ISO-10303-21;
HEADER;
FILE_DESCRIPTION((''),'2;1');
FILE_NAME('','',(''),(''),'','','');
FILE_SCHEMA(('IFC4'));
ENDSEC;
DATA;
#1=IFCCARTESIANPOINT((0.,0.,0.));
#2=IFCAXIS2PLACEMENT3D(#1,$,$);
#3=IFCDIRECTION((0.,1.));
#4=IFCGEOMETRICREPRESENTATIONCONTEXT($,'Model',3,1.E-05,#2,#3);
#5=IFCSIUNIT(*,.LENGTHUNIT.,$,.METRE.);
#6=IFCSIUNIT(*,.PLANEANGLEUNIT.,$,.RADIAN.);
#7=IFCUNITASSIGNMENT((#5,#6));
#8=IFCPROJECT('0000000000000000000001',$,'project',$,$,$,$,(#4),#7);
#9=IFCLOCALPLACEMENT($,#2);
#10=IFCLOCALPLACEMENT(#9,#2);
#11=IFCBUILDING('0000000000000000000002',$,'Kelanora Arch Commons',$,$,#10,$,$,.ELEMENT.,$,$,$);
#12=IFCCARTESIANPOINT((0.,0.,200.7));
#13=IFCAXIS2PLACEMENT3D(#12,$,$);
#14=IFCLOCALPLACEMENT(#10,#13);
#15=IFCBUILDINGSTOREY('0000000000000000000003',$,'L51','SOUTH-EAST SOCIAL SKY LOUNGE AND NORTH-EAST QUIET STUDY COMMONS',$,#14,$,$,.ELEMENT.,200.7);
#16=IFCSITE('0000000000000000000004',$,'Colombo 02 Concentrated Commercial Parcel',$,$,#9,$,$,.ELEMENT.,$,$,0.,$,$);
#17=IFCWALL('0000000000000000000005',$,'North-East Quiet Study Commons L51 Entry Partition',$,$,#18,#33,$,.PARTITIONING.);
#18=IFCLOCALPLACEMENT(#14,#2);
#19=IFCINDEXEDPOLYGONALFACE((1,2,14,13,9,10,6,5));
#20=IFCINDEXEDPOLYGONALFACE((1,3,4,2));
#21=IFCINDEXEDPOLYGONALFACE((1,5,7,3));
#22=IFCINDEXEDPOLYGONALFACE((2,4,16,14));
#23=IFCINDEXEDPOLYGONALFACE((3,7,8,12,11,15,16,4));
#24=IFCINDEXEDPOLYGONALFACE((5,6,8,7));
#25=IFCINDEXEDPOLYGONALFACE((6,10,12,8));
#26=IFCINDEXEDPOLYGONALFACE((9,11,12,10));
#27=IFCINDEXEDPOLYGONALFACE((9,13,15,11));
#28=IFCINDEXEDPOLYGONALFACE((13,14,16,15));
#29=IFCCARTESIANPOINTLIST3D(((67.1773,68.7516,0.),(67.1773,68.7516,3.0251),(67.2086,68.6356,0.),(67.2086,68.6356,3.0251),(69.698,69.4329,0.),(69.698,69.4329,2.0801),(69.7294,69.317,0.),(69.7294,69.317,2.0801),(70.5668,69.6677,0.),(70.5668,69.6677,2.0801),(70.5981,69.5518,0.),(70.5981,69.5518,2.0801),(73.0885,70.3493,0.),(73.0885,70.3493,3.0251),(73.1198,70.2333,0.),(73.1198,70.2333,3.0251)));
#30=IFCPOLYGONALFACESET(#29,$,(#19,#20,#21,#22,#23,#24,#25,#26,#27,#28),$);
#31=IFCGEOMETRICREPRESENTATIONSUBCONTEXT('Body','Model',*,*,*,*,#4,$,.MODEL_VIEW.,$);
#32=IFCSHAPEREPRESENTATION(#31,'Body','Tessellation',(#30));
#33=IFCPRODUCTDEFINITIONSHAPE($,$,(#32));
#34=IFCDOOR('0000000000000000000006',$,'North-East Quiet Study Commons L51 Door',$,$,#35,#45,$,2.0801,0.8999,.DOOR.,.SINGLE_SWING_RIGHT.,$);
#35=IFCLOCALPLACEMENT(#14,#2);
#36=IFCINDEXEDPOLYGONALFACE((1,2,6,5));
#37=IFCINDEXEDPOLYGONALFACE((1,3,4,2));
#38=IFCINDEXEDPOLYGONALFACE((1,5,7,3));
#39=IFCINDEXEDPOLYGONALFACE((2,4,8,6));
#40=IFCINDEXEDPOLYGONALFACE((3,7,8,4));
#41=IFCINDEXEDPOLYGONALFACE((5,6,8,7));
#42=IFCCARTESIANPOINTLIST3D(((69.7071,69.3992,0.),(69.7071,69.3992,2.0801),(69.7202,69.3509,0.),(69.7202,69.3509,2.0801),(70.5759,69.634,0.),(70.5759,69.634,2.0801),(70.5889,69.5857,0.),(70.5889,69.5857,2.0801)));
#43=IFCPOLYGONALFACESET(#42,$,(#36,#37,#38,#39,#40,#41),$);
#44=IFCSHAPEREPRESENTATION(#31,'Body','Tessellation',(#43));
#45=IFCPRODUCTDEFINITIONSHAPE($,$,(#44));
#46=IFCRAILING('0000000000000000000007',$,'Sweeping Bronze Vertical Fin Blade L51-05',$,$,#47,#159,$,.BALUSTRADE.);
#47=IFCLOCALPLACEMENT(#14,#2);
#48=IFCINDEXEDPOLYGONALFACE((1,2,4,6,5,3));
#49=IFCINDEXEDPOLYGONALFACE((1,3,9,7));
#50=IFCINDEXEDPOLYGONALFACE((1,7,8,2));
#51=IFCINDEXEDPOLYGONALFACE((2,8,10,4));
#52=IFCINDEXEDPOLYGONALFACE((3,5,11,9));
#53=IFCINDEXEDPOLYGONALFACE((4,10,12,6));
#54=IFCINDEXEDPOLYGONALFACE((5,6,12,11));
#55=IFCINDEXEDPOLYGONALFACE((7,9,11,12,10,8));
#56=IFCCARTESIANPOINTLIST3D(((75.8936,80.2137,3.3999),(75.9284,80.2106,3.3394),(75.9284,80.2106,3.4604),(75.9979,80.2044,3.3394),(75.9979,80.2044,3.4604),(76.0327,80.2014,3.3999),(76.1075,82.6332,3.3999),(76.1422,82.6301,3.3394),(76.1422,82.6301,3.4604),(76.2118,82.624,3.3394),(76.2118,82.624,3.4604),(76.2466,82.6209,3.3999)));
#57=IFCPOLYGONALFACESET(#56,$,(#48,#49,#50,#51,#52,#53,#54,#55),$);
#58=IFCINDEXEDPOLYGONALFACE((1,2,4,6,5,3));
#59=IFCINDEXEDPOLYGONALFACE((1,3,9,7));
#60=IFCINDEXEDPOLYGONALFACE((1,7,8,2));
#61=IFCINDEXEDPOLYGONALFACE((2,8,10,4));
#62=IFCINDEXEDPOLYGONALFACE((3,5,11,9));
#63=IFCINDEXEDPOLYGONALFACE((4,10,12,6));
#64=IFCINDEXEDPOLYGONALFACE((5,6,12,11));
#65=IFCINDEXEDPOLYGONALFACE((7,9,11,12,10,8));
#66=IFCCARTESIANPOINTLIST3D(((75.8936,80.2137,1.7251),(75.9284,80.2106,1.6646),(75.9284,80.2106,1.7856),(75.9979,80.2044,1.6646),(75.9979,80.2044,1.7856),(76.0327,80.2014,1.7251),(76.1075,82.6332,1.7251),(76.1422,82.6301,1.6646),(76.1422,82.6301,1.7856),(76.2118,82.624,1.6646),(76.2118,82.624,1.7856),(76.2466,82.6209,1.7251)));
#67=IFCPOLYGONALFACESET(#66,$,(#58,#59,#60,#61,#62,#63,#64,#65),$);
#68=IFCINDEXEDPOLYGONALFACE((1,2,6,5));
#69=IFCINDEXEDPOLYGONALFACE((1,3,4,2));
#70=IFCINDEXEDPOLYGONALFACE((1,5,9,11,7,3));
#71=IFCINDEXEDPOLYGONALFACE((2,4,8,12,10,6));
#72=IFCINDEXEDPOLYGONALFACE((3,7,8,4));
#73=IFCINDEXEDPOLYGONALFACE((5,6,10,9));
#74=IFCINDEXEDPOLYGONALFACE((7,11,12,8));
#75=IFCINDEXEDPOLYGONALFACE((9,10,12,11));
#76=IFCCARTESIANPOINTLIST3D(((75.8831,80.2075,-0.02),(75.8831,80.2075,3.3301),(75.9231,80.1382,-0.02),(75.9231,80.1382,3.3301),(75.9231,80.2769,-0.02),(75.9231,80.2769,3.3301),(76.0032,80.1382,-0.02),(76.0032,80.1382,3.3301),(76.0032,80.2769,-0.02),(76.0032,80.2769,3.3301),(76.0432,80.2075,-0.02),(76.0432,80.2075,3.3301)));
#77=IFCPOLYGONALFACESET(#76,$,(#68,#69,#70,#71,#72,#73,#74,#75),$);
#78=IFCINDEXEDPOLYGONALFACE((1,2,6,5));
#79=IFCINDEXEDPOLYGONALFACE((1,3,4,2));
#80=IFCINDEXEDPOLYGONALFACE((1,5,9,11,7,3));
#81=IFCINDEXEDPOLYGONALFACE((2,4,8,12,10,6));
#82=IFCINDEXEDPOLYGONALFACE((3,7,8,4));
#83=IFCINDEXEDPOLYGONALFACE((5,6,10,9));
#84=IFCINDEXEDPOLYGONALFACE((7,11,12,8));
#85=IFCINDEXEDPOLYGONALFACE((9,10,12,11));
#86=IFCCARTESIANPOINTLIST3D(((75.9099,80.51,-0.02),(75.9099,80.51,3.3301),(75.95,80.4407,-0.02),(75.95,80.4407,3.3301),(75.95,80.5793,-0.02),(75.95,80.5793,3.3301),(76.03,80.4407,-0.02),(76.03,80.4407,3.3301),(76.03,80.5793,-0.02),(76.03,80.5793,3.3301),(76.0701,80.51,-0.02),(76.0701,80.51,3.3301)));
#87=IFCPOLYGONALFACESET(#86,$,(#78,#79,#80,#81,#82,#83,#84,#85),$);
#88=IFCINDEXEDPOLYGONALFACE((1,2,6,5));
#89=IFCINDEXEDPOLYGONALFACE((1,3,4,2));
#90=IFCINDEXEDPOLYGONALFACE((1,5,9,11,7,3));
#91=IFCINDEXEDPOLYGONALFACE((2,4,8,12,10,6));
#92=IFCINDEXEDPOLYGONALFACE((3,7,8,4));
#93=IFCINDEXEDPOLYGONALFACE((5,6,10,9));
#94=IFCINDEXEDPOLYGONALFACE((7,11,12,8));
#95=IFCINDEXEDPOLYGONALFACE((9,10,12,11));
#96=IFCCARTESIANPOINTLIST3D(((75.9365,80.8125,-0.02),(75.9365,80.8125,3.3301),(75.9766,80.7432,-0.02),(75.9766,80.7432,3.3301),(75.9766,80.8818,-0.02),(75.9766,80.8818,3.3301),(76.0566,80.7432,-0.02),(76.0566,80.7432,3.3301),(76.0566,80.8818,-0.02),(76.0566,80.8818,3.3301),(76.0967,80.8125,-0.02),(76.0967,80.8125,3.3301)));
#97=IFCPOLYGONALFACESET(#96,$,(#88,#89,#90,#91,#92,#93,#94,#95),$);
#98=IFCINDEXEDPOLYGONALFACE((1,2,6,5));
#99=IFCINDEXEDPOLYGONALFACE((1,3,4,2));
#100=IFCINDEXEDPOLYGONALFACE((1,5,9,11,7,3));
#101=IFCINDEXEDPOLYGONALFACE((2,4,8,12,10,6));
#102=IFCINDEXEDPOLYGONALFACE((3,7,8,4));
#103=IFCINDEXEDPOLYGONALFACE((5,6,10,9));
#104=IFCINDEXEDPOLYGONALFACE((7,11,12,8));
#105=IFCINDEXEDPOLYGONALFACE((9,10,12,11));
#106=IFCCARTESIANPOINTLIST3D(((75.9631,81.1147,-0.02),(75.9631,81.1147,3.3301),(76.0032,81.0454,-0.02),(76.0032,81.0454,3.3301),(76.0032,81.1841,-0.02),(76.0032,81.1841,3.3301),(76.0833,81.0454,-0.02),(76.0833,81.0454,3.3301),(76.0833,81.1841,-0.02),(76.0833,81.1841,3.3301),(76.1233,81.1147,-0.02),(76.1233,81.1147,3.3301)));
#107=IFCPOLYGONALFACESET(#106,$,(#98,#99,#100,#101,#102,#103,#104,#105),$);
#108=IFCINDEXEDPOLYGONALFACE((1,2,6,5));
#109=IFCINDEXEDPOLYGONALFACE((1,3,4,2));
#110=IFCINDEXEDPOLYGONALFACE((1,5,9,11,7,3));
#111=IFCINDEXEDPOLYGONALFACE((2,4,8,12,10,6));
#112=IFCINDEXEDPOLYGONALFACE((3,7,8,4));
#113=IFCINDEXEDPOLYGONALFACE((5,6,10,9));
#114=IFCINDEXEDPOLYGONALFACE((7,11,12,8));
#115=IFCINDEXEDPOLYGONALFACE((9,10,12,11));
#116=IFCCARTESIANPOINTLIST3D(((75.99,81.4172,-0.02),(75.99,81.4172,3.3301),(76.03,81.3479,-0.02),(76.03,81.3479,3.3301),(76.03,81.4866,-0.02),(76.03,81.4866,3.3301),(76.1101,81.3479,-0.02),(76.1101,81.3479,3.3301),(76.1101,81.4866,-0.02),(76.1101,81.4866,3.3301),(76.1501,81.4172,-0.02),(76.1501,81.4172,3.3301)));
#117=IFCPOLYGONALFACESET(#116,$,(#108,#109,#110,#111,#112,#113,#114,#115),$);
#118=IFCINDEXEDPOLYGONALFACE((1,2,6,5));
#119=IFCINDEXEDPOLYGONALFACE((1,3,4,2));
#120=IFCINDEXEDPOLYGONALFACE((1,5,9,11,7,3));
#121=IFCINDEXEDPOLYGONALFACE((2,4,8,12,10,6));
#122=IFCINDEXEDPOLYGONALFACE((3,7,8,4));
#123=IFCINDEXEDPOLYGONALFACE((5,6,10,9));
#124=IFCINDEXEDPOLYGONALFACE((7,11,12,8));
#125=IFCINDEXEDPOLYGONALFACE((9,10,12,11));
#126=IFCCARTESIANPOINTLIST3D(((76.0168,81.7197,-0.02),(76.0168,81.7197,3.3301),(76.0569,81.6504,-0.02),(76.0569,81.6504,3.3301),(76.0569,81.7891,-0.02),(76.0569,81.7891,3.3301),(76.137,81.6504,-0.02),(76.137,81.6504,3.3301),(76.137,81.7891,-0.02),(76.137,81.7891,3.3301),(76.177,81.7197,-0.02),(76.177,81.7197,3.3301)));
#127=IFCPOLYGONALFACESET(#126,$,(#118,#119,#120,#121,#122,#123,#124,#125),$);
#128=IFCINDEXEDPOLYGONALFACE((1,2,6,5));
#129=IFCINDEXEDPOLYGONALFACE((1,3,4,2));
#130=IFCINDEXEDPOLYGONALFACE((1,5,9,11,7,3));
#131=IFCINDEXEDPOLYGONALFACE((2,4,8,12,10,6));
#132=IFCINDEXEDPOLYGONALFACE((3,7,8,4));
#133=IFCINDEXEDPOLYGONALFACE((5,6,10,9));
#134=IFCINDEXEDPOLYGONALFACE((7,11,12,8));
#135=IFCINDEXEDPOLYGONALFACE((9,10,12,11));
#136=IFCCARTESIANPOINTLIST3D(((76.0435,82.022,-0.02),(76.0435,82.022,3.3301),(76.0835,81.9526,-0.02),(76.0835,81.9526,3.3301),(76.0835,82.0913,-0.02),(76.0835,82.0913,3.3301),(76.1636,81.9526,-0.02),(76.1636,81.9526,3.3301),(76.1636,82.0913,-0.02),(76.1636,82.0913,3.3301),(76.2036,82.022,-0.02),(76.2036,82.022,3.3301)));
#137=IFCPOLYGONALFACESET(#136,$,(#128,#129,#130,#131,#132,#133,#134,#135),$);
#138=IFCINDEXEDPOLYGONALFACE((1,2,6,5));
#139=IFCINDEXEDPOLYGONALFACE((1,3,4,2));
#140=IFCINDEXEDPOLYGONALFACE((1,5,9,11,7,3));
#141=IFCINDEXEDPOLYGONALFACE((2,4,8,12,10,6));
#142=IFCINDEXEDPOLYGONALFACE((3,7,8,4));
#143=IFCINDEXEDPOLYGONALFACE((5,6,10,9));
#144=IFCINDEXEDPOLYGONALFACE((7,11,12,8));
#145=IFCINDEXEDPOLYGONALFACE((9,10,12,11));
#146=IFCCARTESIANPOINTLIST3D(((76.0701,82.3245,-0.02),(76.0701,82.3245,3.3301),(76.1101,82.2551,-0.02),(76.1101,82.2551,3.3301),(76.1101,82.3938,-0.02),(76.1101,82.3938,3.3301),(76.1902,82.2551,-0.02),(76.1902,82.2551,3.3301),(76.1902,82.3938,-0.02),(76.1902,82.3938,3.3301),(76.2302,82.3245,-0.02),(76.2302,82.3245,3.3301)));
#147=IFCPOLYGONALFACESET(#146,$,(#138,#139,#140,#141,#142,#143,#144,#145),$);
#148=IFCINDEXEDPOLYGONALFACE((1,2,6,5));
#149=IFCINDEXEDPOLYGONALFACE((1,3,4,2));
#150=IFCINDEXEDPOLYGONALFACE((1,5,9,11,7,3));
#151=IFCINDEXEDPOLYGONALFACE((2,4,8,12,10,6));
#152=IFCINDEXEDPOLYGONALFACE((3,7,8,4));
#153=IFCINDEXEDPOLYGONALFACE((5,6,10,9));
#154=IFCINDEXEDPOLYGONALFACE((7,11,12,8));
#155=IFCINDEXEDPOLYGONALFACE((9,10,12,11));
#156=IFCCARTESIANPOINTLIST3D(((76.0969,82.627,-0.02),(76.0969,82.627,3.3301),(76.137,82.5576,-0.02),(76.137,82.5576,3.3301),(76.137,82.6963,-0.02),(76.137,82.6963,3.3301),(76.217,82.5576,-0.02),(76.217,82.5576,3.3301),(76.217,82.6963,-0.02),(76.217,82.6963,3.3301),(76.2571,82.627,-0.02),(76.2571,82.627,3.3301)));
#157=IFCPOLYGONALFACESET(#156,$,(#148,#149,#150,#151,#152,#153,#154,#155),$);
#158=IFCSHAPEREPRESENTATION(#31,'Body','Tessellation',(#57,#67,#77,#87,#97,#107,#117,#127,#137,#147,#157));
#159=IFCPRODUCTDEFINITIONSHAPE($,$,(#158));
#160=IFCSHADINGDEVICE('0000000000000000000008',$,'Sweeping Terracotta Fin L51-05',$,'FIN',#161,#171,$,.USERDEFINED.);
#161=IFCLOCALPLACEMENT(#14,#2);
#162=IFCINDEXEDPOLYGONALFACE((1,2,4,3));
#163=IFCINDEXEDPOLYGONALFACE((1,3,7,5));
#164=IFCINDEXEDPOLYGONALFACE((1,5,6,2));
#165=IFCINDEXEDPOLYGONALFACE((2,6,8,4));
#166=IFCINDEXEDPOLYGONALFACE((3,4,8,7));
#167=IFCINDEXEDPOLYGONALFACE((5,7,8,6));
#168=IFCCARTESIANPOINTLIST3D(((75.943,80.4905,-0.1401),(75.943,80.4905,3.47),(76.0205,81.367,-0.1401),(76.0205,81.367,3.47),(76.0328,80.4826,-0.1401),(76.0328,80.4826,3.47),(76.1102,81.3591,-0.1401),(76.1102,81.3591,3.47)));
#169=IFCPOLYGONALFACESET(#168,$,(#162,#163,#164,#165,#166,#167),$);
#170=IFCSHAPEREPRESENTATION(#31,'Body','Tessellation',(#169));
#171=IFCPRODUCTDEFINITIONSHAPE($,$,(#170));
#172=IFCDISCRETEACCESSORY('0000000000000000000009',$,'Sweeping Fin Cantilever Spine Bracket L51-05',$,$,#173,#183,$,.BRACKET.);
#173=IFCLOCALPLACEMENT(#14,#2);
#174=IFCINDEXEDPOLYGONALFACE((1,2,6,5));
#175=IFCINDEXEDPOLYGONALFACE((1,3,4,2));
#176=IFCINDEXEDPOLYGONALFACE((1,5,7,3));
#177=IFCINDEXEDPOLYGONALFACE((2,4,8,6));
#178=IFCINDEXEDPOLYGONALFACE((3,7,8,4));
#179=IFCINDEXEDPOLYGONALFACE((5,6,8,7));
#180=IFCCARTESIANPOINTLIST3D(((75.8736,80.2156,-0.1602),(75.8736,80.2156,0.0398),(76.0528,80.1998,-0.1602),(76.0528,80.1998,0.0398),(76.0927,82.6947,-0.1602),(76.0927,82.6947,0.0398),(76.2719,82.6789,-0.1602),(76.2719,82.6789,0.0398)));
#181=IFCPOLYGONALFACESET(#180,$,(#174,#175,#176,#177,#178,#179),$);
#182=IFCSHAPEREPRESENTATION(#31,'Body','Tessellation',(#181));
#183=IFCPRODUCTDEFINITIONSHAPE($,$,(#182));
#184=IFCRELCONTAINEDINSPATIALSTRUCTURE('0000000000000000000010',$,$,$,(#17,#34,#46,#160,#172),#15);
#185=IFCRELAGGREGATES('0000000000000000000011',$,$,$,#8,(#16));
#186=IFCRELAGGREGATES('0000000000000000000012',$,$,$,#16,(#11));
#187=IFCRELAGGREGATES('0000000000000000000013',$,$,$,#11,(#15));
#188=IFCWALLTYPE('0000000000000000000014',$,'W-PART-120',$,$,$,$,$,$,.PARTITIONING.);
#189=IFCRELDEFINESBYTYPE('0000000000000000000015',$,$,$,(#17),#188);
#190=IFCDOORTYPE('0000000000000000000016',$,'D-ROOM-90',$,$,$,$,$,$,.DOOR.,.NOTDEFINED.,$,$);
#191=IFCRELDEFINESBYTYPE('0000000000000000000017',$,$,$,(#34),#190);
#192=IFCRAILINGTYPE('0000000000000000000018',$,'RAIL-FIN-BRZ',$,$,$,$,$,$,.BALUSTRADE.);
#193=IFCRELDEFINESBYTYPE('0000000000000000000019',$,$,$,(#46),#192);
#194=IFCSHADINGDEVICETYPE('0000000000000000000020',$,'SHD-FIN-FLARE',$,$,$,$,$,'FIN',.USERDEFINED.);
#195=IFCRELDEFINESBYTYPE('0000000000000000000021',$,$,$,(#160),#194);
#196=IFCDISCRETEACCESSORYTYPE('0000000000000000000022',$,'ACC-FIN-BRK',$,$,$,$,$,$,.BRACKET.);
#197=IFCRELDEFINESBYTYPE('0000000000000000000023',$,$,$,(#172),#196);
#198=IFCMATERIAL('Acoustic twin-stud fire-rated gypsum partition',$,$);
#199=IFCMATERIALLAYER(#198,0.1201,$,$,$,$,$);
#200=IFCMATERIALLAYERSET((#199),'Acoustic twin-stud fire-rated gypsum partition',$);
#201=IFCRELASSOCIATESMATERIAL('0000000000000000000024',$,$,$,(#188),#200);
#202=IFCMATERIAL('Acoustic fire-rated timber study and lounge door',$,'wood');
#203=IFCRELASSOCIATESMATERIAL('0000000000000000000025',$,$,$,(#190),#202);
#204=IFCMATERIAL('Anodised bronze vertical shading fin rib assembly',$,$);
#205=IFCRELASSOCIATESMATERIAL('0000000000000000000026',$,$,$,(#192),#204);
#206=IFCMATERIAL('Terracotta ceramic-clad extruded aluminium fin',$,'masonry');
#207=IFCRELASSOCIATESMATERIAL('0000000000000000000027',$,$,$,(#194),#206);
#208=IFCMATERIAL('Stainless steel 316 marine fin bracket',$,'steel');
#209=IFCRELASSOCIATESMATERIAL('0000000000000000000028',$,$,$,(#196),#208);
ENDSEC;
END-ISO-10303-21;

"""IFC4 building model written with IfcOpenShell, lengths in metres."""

from ifc_helpers import new_model, si_unit, direction, frame, frame_2d, origin, origin_2d, place, context, subcontext, project, spatial, polyline, rectangle, outline, extrude, source, transform, mapped, material, layer, layer_set, type_object, element, fill, save


model = new_model("IFC4")

# Units and contexts
model_context = context("Model", 3, precision=1e-05, world=origin(), true_north=direction((0.0, 1.0)))
body_context = subcontext(model_context, "Body", "Model", "MODEL_VIEW")
ifc_project = project(units=[si_unit("LENGTHUNIT", "METRE"), si_unit("PLANEANGLEUNIT", "RADIAN")], contexts=[model_context])

# Site, building, storey
site_placement = place(None, origin())
site = spatial("IfcSite", under=ifc_project, at=site_placement, Name="Colombo 02 Concentrated Commercial Parcel", CompositionType="ELEMENT", RefElevation=0.0)
building_placement = place(site_placement, origin())
building = spatial("IfcBuilding", under=site, at=building_placement, Name="Kelanora Arch Commons", CompositionType="ELEMENT")
storey_placement = place(building_placement, frame((0.0, 0.0, 200.7)))
storey = spatial("IfcBuildingStorey", under=building, at=storey_placement, Name="L51", Description="SOUTH-EAST SOCIAL SKY LOUNGE AND NORTH-EAST QUIET STUDY COMMONS", CompositionType="ELEMENT", Elevation=200.7)

# Wall, opening, door
ifc_material_1 = material(Name="Acoustic twin-stud fire-rated gypsum partition")
ifc_layer_1 = layer(ifc_material_1, 0.1201)
ifc_layer_set_1 = layer_set([ifc_layer_1], Name="Acoustic twin-stud fire-rated gypsum partition")
wall_type_1 = type_object("IfcWallType", Name="W-PART-120", PredefinedType="PARTITIONING", material=ifc_layer_set_1)
wall_1_placement = place(storey_placement, frame((73.104, 70.2913, 0.0), z_axis=(0.0, 0.0, 1.0), x_axis=(-0.965361, -0.260917, 0.0)))
wall_1 = element("IfcWall", 1, at=wall_1_placement, inside=storey, type_object=wall_type_1, Name="North-East Quiet Study Commons L51 Entry Partition", PredefinedType="PARTITIONING", context=body_context, shape_type="SweptSolid", body=[
    extrude(rectangle(XDim=6.1233, YDim=0.1201, at=frame_2d((3.0615, 0.0))), origin(), (0.0, 0.0, 1.0), 3.0251),
])
opening_1_placement = place(wall_1_placement, frame((2.6121, 0.0, 0.0)))
opening_1 = element("IfcOpeningElement", 2, at=opening_1_placement, cuts=wall_1, PredefinedType="OPENING", context=body_context, shape_type="SweptSolid", body=[
    extrude(rectangle(XDim=0.8999, YDim=2.0801, at=frame_2d((0.45, 1.04))), frame((0.0, 0.0701, 0.0), z_axis=(0.0, -1.0, 0.0), x_axis=(1.0, 0.0, 0.0)), (0.0, 0.0, 1.0), 0.1401),
])
ifc_material_2 = material(Name="Acoustic fire-rated timber study and lounge door", Category="wood")
door_type = type_object("IfcDoorType", Name="D-ROOM-90", OperationType="NOTDEFINED", PredefinedType="DOOR", material=ifc_material_2)
door_placement = place(opening_1_placement, origin())
door = element("IfcDoor", 3, at=door_placement, inside=storey, type_object=door_type, Name="North-East Quiet Study Commons L51 Door", OperationType="SINGLE_SWING_RIGHT", OverallHeight=2.0801, OverallWidth=0.8999, PredefinedType="DOOR", context=body_context, shape_type="SweptSolid", body=[
    extrude(rectangle(XDim=0.8999, YDim=2.0801, at=frame_2d((0.45, 1.04))), frame((0.0, 0.0249, 0.0), z_axis=(0.0, -1.0, 0.0), x_axis=(1.0, 0.0, 0.0)), (0.0, 0.0, 1.0), 0.05),
])
fill(opening_1, door)

# Railing
ifc_material_3 = material(Name="Anodised bronze vertical shading fin rib assembly")
railing_type = type_object("IfcRailingType", Name="RAIL-FIN-BRZ", PredefinedType="BALUSTRADE", material=ifc_material_3)
railing_placement = place(storey_placement, frame((75.9631, 80.2075, -0.02)))
element("IfcRailing", 4, at=railing_placement, inside=storey, type_object=railing_type, Name="Sweeping Bronze Vertical Fin Blade L51-05", PredefinedType="BALUSTRADE", context=body_context, shape_type="SweptSolid", body=[
    extrude(outline(polyline([(0.0698, 0.0), (0.0349, 0.0605), (-0.0349, 0.0605), (-0.0698, 0.0), (-0.0349, -0.0605), (0.0349, -0.0605), (0.0698, 0.0)])), frame((0.0, 0.0, 3.4199), z_axis=(0.088052, 0.996116, 0.0), x_axis=(-0.996116, 0.088052, 0.0)), (0.0, 0.0, 1.0), 2.429),
    extrude(outline(polyline([(0.0698, 0.0), (0.0349, 0.0605), (-0.0349, 0.0605), (-0.0698, 0.0), (-0.0349, -0.0605), (0.0349, -0.0605), (0.0698, 0.0)])), frame((0.0, 0.0, 1.7451), z_axis=(0.088052, 0.996116, 0.0), x_axis=(-0.996116, 0.088052, 0.0)), (0.0, 0.0, 1.0), 2.429),
    extrude(outline(polyline([(0.0801, 0.0), (0.04, 0.0693), (-0.04, 0.0693), (-0.0801, 0.0), (-0.04, -0.0693), (0.04, -0.0693), (0.0801, 0.0)])), origin(), (0.0, 0.0, 1.0), 3.3501),
    extrude(outline(polyline([(0.0801, 0.0), (0.04, 0.0693), (-0.04, 0.0693), (-0.0801, 0.0), (-0.04, -0.0693), (0.04, -0.0693), (0.0801, 0.0)])), frame((0.0269, 0.3025, 0.0)), (0.0, 0.0, 1.0), 3.3501),
    extrude(outline(polyline([(0.0801, 0.0), (0.04, 0.0693), (-0.04, 0.0693), (-0.0801, 0.0), (-0.04, -0.0693), (0.04, -0.0693), (0.0801, 0.0)])), frame((0.0535, 0.605, 0.0)), (0.0, 0.0, 1.0), 3.3501),
    extrude(outline(polyline([(0.0801, 0.0), (0.04, 0.0693), (-0.04, 0.0693), (-0.0801, 0.0), (-0.04, -0.0693), (0.04, -0.0693), (0.0801, 0.0)])), frame((0.0801, 0.9072, 0.0)), (0.0, 0.0, 1.0), 3.3501),
    extrude(outline(polyline([(0.0801, 0.0), (0.04, 0.0693), (-0.04, 0.0693), (-0.0801, 0.0), (-0.04, -0.0693), (0.04, -0.0693), (0.0801, 0.0)])), frame((0.1069, 1.2097, 0.0)), (0.0, 0.0, 1.0), 3.3501),
    extrude(outline(polyline([(0.0801, 0.0), (0.04, 0.0693), (-0.04, 0.0693), (-0.0801, 0.0), (-0.04, -0.0693), (0.04, -0.0693), (0.0801, 0.0)])), frame((0.1338, 1.5122, 0.0)), (0.0, 0.0, 1.0), 3.3501),
    extrude(outline(polyline([(0.0801, 0.0), (0.04, 0.0693), (-0.04, 0.0693), (-0.0801, 0.0), (-0.04, -0.0693), (0.04, -0.0693), (0.0801, 0.0)])), frame((0.1604, 1.8145, 0.0)), (0.0, 0.0, 1.0), 3.3501),
    extrude(outline(polyline([(0.0801, 0.0), (0.04, 0.0693), (-0.04, 0.0693), (-0.0801, 0.0), (-0.04, -0.0693), (0.04, -0.0693), (0.0801, 0.0)])), frame((0.187, 2.1169, 0.0)), (0.0, 0.0, 1.0), 3.3501),
    extrude(outline(polyline([(0.0801, 0.0), (0.04, 0.0693), (-0.04, 0.0693), (-0.0801, 0.0), (-0.04, -0.0693), (0.04, -0.0693), (0.0801, 0.0)])), frame((0.2139, 2.4194, 0.0)), (0.0, 0.0, 1.0), 3.3501),
])

# Shading device
ifc_material_4 = material(Name="Terracotta ceramic-clad extruded aluminium fin", Category="masonry")
shading_device_type = type_object("IfcShadingDeviceType", Name="SHD-FIN-FLARE", ElementType="FIN", PredefinedType="USERDEFINED", material=ifc_material_4)
shared_shape_1 = source(origin(), body_context, "Body", "SweptSolid", [
    extrude(rectangle(XDim=0.8799, YDim=0.0901, at=origin_2d()), origin(), (0.0, 0.0, 1.0), 3.6101),
])
shading_device_placement = place(storey_placement, frame((76.0266, 80.9248, -0.1401), z_axis=(0.0, 0.0, 1.0), x_axis=(0.088025, 0.996118, 0.0)))
element("IfcShadingDevice", 5, at=shading_device_placement, inside=storey, type_object=shading_device_type, Name="Sweeping Terracotta Fin L51-05", ObjectType="FIN", PredefinedType="USERDEFINED", context=body_context, shape_type="MappedRepresentation", body=[
    mapped(shared_shape_1, transform((0.0, 0.0, 0.0), scale=1.0)),
])

# Discrete accessory
ifc_material_5 = material(Name="Stainless steel 316 marine fin bracket", Category="steel")
discrete_accessory_type = type_object("IfcDiscreteAccessoryType", Name="ACC-FIN-BRK", PredefinedType="BRACKET", material=ifc_material_5)
shared_shape_2 = source(origin(), body_context, "Body", "SweptSolid", [
    extrude(rectangle(XDim=2.4888, YDim=0.1799, at=origin_2d()), origin(), (0.0, 0.0, 1.0), 0.2),
])
discrete_accessory_placement = place(storey_placement, frame((76.0728, 81.4473, -0.1602), z_axis=(0.0, 0.0, 1.0), x_axis=(0.088025, 0.996118, 0.0)))
element("IfcDiscreteAccessory", 6, at=discrete_accessory_placement, inside=storey, type_object=discrete_accessory_type, Name="Sweeping Fin Cantilever Spine Bracket L51-05", PredefinedType="BRACKET", context=body_context, shape_type="MappedRepresentation", body=[
    mapped(shared_shape_2, transform((0.0, 0.0, 0.0), scale=1.0)),
])

save(model, "model.ifc")
